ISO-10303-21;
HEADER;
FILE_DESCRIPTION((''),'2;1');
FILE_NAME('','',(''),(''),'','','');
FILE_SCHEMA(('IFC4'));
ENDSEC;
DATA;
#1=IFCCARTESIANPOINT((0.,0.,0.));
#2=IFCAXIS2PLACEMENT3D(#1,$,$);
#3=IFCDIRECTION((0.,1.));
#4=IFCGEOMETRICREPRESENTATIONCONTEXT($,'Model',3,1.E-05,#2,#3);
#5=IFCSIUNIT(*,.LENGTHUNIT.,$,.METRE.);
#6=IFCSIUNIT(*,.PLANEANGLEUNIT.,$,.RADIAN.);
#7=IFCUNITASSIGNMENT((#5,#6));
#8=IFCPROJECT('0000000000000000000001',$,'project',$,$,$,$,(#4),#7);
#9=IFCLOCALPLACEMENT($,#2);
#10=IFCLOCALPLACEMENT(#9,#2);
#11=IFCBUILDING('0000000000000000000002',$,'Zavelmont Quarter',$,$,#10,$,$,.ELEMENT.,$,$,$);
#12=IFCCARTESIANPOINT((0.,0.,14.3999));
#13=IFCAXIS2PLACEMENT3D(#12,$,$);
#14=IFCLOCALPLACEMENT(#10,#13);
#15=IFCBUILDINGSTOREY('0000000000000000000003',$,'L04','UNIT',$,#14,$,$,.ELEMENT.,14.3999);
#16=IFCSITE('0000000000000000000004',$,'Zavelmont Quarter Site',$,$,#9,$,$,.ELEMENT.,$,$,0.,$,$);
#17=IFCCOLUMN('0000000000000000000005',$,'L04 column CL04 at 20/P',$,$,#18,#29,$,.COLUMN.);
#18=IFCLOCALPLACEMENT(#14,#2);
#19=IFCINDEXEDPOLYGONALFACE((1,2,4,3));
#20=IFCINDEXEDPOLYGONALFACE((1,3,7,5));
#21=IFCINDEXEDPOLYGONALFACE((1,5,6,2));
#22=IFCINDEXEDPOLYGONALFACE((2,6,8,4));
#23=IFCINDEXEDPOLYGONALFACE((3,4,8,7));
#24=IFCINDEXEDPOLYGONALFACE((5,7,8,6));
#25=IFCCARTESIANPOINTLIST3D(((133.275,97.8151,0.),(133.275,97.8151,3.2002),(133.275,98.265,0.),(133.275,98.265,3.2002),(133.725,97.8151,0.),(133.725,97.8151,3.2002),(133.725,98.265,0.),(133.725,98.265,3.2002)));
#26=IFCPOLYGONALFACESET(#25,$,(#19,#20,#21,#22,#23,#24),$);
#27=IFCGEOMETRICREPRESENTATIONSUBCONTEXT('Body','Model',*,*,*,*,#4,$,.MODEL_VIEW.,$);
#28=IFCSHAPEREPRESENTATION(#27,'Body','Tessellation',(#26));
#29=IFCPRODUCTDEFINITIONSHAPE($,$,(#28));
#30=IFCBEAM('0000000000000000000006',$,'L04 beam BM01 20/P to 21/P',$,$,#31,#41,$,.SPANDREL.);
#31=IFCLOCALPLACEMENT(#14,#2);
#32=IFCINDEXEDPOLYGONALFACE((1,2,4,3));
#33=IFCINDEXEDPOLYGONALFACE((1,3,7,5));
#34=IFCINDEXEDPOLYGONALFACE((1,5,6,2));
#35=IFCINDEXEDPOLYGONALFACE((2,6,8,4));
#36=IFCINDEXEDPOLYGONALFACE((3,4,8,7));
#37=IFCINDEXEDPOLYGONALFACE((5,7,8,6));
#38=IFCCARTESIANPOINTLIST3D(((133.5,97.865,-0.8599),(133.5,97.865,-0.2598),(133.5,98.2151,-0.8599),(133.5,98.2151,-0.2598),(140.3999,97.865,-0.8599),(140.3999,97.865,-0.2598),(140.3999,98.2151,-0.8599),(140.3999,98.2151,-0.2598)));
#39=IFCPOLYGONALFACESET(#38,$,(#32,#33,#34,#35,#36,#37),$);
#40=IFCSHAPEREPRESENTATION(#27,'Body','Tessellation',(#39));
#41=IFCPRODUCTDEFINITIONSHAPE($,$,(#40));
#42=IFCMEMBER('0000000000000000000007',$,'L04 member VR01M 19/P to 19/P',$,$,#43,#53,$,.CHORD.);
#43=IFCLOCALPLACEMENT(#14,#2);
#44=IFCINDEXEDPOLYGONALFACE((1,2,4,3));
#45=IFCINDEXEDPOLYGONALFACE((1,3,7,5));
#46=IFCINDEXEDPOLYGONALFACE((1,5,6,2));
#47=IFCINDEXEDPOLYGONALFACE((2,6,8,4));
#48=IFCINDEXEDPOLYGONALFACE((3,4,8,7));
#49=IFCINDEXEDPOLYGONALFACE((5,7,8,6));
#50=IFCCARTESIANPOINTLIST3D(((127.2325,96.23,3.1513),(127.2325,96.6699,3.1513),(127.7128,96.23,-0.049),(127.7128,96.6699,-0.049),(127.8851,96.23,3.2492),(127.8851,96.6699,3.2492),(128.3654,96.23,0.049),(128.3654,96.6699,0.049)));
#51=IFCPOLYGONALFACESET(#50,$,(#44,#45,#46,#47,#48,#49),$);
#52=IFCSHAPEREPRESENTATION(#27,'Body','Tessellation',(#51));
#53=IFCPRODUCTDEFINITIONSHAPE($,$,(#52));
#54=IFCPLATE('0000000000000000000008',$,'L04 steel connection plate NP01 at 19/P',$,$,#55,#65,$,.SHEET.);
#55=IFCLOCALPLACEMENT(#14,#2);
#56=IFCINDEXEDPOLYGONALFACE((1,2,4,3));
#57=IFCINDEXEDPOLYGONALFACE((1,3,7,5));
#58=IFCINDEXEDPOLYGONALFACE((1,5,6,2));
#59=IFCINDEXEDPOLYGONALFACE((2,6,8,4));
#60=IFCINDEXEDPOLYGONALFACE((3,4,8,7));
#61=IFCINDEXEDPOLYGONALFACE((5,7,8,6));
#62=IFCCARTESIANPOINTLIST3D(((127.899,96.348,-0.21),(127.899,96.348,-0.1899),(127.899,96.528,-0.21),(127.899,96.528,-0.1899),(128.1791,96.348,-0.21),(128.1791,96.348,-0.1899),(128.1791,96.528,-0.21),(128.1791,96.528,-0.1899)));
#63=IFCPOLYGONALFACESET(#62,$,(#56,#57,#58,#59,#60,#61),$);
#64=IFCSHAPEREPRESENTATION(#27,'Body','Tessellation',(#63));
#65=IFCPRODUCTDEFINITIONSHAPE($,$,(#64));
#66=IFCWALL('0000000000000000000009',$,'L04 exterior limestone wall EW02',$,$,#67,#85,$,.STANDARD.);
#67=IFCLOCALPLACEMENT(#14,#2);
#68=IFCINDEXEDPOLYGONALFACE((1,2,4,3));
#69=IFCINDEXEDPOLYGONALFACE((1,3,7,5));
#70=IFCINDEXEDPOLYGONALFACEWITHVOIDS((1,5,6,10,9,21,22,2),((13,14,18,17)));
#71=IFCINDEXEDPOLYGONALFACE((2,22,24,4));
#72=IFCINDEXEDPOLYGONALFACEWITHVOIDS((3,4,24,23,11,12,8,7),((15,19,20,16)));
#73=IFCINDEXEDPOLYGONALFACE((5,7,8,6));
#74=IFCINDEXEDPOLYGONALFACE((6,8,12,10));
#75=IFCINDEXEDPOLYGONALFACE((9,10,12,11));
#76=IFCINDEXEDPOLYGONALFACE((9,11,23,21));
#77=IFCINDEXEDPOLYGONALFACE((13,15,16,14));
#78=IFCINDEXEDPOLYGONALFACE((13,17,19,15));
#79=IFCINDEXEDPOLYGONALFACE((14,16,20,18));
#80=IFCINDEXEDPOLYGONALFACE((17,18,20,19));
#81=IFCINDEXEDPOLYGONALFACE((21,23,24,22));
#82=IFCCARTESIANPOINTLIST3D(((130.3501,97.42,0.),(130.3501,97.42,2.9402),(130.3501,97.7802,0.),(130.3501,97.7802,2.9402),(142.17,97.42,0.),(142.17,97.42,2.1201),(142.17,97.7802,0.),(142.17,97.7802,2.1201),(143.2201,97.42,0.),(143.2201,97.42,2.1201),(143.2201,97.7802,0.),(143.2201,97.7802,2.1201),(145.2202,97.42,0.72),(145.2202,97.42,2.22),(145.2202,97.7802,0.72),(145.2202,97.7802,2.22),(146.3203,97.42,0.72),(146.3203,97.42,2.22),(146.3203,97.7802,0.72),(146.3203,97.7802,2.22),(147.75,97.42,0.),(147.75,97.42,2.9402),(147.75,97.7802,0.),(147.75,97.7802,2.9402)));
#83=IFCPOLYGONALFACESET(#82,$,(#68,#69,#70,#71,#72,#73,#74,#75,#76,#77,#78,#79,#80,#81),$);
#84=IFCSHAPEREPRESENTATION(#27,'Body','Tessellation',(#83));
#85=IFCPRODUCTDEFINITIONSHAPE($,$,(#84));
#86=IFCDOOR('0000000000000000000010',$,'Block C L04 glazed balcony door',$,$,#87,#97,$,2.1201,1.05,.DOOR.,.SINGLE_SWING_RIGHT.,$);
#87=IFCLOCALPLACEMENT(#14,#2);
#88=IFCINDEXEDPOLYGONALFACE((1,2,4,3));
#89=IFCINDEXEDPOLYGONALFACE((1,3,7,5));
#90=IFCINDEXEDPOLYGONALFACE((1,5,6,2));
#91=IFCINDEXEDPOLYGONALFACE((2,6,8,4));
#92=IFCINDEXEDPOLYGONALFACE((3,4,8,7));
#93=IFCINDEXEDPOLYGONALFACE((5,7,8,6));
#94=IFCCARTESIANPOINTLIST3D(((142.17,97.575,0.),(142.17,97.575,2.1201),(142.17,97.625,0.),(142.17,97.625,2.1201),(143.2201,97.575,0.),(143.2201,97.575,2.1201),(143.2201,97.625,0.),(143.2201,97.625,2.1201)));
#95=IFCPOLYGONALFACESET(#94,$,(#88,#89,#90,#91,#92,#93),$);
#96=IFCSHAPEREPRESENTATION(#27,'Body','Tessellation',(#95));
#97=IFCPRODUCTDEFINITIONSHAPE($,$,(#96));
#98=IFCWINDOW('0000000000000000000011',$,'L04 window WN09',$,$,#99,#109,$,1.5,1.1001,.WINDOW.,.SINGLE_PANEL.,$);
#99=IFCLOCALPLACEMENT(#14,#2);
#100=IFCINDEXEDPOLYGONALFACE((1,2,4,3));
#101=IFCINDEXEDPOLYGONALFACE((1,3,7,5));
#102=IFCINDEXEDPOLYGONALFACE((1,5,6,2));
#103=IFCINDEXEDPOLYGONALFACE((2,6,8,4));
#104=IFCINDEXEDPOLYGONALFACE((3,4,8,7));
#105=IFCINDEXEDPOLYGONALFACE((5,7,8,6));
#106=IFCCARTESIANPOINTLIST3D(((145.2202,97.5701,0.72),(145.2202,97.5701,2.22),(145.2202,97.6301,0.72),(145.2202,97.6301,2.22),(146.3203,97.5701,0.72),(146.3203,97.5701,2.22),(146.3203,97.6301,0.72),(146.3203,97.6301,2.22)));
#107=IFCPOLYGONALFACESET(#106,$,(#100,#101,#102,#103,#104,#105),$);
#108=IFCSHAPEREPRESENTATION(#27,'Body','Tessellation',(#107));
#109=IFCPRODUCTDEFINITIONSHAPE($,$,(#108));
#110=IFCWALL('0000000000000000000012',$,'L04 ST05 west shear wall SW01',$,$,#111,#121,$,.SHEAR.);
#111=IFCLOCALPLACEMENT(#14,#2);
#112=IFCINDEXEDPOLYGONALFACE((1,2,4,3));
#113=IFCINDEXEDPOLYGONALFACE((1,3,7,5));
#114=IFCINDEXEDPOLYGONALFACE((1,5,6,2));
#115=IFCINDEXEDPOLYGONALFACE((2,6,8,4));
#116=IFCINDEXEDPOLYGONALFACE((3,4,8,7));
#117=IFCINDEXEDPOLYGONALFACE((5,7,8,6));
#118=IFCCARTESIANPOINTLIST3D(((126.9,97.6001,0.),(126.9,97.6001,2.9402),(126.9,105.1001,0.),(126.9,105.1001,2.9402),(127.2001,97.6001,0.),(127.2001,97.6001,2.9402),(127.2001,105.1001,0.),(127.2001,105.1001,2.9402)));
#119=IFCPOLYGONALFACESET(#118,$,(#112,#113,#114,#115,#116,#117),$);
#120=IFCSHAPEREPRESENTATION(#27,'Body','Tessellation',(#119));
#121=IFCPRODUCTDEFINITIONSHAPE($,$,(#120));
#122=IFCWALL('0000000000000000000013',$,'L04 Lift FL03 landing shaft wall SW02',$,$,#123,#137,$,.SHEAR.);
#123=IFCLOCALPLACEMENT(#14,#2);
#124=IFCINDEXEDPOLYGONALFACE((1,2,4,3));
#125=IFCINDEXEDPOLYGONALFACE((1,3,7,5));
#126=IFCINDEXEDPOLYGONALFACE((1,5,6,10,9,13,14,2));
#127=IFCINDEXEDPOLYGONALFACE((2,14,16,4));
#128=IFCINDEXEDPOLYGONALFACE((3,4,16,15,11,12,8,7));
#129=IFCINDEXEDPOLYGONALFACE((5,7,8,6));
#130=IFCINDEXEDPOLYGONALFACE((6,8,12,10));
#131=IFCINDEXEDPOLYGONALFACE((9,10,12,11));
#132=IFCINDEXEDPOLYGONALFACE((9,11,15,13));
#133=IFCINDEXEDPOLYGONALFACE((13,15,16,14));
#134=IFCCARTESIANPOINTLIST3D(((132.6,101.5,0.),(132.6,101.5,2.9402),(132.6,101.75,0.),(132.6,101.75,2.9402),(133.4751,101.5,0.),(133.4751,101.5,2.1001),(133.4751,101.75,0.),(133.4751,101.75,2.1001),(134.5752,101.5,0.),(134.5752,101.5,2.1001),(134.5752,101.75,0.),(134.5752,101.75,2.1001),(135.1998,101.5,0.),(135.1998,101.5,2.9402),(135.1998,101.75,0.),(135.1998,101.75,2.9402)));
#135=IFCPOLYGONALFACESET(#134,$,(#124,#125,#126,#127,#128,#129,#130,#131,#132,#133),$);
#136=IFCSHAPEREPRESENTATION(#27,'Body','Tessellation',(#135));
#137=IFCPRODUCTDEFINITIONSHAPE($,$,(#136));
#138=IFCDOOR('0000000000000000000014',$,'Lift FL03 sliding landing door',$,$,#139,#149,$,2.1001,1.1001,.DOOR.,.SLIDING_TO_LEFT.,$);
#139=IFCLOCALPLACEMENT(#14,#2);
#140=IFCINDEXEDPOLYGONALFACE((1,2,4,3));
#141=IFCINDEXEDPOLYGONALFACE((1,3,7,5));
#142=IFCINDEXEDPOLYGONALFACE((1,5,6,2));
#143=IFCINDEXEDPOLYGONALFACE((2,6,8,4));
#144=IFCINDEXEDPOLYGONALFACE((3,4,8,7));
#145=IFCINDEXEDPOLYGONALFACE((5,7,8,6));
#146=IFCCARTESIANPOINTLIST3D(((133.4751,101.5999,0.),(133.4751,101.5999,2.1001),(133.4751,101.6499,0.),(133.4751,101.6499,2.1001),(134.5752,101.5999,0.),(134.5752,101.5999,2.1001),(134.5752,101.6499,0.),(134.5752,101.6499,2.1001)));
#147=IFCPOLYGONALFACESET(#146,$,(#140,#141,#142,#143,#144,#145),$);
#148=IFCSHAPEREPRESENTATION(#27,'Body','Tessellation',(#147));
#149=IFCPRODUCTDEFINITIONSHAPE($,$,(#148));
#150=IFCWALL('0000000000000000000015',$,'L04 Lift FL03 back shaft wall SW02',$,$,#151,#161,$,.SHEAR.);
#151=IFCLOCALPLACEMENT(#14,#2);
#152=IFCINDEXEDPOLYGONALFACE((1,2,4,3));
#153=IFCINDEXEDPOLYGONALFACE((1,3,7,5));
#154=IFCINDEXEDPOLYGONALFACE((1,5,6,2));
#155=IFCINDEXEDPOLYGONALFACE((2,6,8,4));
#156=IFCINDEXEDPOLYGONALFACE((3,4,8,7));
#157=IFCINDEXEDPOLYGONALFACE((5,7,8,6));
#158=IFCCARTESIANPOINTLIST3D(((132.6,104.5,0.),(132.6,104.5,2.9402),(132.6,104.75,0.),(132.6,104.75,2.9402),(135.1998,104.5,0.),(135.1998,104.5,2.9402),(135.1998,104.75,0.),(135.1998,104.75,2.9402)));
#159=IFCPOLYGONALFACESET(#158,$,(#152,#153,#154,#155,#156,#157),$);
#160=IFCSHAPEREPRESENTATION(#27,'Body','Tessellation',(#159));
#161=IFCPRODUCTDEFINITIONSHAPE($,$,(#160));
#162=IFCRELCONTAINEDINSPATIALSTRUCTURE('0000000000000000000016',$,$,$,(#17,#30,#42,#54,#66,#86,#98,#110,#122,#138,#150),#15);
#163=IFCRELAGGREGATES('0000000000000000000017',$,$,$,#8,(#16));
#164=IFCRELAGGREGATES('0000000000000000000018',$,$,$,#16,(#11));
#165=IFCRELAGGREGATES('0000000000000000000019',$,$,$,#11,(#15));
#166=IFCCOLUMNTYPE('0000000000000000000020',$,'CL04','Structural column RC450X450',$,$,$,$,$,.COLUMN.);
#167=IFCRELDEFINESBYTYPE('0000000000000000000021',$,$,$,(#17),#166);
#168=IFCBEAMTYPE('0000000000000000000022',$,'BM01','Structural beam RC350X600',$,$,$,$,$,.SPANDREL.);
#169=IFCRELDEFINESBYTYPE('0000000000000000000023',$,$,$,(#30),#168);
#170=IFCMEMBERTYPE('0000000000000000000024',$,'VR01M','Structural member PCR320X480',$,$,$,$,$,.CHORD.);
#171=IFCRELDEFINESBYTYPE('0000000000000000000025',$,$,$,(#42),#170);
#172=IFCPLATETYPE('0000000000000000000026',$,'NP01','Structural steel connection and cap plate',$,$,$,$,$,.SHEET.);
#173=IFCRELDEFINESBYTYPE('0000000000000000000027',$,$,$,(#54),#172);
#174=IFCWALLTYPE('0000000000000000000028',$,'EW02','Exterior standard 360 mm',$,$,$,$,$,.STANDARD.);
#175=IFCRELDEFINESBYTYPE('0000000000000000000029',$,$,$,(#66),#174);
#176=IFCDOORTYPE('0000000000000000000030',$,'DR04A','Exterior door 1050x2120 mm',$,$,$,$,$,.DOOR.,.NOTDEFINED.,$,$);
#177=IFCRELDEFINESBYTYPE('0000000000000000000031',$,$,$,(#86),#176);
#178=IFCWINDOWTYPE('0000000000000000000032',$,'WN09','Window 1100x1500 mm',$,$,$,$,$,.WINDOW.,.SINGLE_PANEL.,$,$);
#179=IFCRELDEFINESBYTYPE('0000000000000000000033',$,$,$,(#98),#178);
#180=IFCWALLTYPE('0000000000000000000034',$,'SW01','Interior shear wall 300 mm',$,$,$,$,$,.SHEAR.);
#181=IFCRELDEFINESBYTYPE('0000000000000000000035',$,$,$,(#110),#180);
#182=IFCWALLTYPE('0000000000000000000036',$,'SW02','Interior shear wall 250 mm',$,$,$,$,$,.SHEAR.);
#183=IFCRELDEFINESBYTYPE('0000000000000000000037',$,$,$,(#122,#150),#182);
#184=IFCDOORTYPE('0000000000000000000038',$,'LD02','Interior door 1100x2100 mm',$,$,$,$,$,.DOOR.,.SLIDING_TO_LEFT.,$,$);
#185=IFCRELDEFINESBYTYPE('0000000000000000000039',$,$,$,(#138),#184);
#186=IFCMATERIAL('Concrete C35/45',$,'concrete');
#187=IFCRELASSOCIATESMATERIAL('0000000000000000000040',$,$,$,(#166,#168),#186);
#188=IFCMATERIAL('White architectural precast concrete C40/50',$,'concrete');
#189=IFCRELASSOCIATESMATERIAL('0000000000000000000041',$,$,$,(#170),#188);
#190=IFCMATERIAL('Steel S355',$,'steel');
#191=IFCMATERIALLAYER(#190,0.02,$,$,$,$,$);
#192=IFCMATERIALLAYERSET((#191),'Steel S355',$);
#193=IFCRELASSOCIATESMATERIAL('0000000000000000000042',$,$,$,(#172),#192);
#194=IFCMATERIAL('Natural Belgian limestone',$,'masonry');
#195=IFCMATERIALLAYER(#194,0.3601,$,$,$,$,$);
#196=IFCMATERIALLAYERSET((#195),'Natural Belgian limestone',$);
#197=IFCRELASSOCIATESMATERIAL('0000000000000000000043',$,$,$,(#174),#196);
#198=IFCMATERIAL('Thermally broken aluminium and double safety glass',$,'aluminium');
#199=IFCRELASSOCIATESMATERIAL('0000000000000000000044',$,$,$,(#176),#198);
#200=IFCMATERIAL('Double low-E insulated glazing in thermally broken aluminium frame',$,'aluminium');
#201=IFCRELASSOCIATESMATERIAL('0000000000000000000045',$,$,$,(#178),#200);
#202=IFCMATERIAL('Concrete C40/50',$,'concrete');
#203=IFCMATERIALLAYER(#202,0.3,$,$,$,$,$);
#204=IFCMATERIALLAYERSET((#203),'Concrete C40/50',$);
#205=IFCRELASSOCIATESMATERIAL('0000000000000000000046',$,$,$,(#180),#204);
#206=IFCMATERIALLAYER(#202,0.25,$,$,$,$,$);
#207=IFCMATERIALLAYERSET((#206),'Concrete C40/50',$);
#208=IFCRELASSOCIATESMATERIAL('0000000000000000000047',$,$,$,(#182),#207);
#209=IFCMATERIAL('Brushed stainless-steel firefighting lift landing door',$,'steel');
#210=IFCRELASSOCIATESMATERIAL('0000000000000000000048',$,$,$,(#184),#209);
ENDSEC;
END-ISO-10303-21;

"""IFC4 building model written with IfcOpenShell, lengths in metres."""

from ifc_helpers import new_model, si_unit, direction, frame, frame_2d, origin, origin_with_axes, origin_2d, place, context, subcontext, project, spatial, rectangle, extrude, material, layer, layer_set, material_profile, profile_set, type_object, element, fill, save


model = new_model("IFC4")

# Units and contexts
model_context = context("Model", 3, precision=1e-05, world=origin(), true_north=direction((0.0, 1.0)))
body_context = subcontext(model_context, "Body", "Model", "MODEL_VIEW")
ifc_project = project(units=[si_unit("LENGTHUNIT", "METRE"), si_unit("PLANEANGLEUNIT", "RADIAN")], contexts=[model_context])

# Site, building, storey
site_placement = place(None, origin())
site = spatial("IfcSite", under=ifc_project, at=site_placement, Name="Zavelmont Quarter Site", CompositionType="ELEMENT", RefElevation=0.0)
building_placement = place(site_placement, origin())
building = spatial("IfcBuilding", under=site, at=building_placement, Name="Zavelmont Quarter", CompositionType="ELEMENT")
storey_placement = place(building_placement, frame((0.0, 0.0, 14.3999)))
storey = spatial("IfcBuildingStorey", under=building, at=storey_placement, Name="L04", Description="UNIT", CompositionType="ELEMENT", Elevation=14.3999)

# Column
ifc_material_1 = material(Name="Concrete C35/45", Category="concrete")
ifc_material_profile_1 = material_profile(ifc_material_1, rectangle(XDim=0.45, YDim=0.45, at=origin_2d()), Name="RC450X450")
ifc_profile_set_1 = profile_set([ifc_material_profile_1], Name="Concrete C35/45")
column_type = type_object("IfcColumnType", Name="CL04", Description="Structural column RC450X450", PredefinedType="COLUMN", material=ifc_profile_set_1)
column_placement = place(storey_placement, frame((133.5, 98.04, 0.0), z_axis=(0.0, 0.0, 1.0), x_axis=(1.0, 0.0, 0.0)))
element("IfcColumn", 1, at=column_placement, inside=storey, type_object=column_type, Name="L04 column CL04 at 20/P", PredefinedType="COLUMN", context=body_context, shape_type="SweptSolid", body=[
    extrude(rectangle(XDim=0.45, YDim=0.45, at=origin_2d()), origin(), (0.0, 0.0, 1.0), 3.2002),
])

# Beam
ifc_material_profile_2 = material_profile(ifc_material_1, rectangle(XDim=0.3501, YDim=0.6001, at=origin_2d()), Name="RC350X600")
ifc_profile_set_2 = profile_set([ifc_material_profile_2], Name="Concrete C35/45")
beam_type = type_object("IfcBeamType", Name="BM01", Description="Structural beam RC350X600", PredefinedType="SPANDREL", material=ifc_profile_set_2)
beam_placement = place(storey_placement, frame((133.5, 98.04, -0.5598), z_axis=(1.0, 0.0, 0.0), x_axis=(0.0, 1.0, 0.0)))
element("IfcBeam", 2, at=beam_placement, inside=storey, type_object=beam_type, Name="L04 beam BM01 20/P to 21/P", PredefinedType="SPANDREL", context=body_context, shape_type="SweptSolid", body=[
    extrude(rectangle(XDim=0.3501, YDim=0.6001, at=origin_2d()), origin(), (0.0, 0.0, 1.0), 6.8999),
])

# Member
ifc_material_2 = material(Name="White architectural precast concrete C40/50", Category="concrete")
ifc_material_profile_3 = material_profile(ifc_material_2, rectangle(XDim=0.4399, YDim=0.6599, at=origin_2d()), Name="PCR320X480")
ifc_profile_set_3 = profile_set([ifc_material_profile_3], Name="White architectural precast concrete C40/50")
member_type = type_object("IfcMemberType", Name="VR01M", Description="Structural member PCR320X480", PredefinedType="CHORD", material=ifc_profile_set_3)
member_placement = place(storey_placement, frame((128.0391, 96.45, 0.0), z_axis=(-0.148399, 0.0, 0.988927), x_axis=(0.0, -1.0, 0.0)))
element("IfcMember", 3, at=member_placement, inside=storey, type_object=member_type, Name="L04 member VR01M 19/P to 19/P", PredefinedType="CHORD", context=body_context, shape_type="SweptSolid", body=[
    extrude(rectangle(XDim=0.4399, YDim=0.6599, at=origin_2d()), origin(), (0.0, 0.0, 1.0), 3.2361),
])

# Plate
ifc_material_3 = material(Name="Steel S355", Category="steel")
ifc_layer_1 = layer(ifc_material_3, 0.02)
ifc_layer_set_1 = layer_set([ifc_layer_1], Name="Steel S355")
plate_type = type_object("IfcPlateType", Name="NP01", Description="Structural steel connection and cap plate", PredefinedType="SHEET", material=ifc_layer_set_1)
plate_placement = place(storey_placement, frame((128.0391, 96.438, -0.21), z_axis=(0.0, 0.0, 1.0), x_axis=(1.0, 0.0, 0.0)))
element("IfcPlate", 4, at=plate_placement, inside=storey, type_object=plate_type, Name="L04 steel connection plate NP01 at 19/P", PredefinedType="SHEET", context=body_context, shape_type="SweptSolid", body=[
    extrude(rectangle(XDim=0.28, YDim=0.1799, at=origin_2d()), origin(), (0.0, 0.0, 1.0), 0.02),
])

# Wall, openings, door, window
ifc_material_4 = material(Name="Natural Belgian limestone", Category="masonry")
ifc_layer_2 = layer(ifc_material_4, 0.3601)
ifc_layer_set_2 = layer_set([ifc_layer_2], Name="Natural Belgian limestone")
wall_type_1 = type_object("IfcWallType", Name="EW02", Description="Exterior standard 360 mm", PredefinedType="STANDARD", material=ifc_layer_set_2)
wall_1_placement = place(storey_placement, frame((130.3501, 97.6001, 0.0), z_axis=(0.0, 0.0, 1.0), x_axis=(1.0, 0.0, 0.0)))
wall_1 = element("IfcWall", 5, at=wall_1_placement, inside=storey, type_object=wall_type_1, Name="L04 exterior limestone wall EW02", PredefinedType="STANDARD", context=body_context, shape_type="SweptSolid", body=[
    extrude(rectangle(XDim=17.3999, YDim=0.3601, at=frame_2d((8.7, 0.0))), origin(), (0.0, 0.0, 1.0), 2.9402),
])
opening_1_placement = place(wall_1_placement, frame((11.8201, 0.0, 0.0)))
opening_1 = element("IfcOpeningElement", 6, at=opening_1_placement, cuts=wall_1, PredefinedType="OPENING", context=body_context, shape_type="SweptSolid", body=[
    extrude(rectangle(XDim=1.05, YDim=2.1201, at=frame_2d((0.5249, 1.0601))), frame((0.0, 0.1919, 0.0), z_axis=(0.0, -1.0, 0.0), x_axis=(1.0, 0.0, 0.0)), (0.0, 0.0, 1.0), 0.384),
])
opening_2_placement = place(wall_1_placement, frame((14.8701, 0.0, 0.72)))
opening_2 = element("IfcOpeningElement", 7, at=opening_2_placement, cuts=wall_1, PredefinedType="OPENING", context=body_context, shape_type="SweptSolid", body=[
    extrude(rectangle(XDim=1.1001, YDim=1.5, at=frame_2d((0.55, 0.75))), frame((0.0, 0.1919, 0.0), z_axis=(0.0, -1.0, 0.0), x_axis=(1.0, 0.0, 0.0)), (0.0, 0.0, 1.0), 0.384),
])
ifc_material_5 = material(Name="Thermally broken aluminium and double safety glass", Category="aluminium")
door_type_1 = type_object("IfcDoorType", Name="DR04A", Description="Exterior door 1050x2120 mm", OperationType="NOTDEFINED", PredefinedType="DOOR", material=ifc_material_5)
door_1_placement = place(opening_1_placement, origin_with_axes())
door_1 = element("IfcDoor", 8, at=door_1_placement, inside=storey, type_object=door_type_1, Name="Block C L04 glazed balcony door", OperationType="SINGLE_SWING_RIGHT", OverallHeight=2.1201, OverallWidth=1.05, PredefinedType="DOOR", context=body_context, shape_type="SweptSolid", body=[
    extrude(rectangle(XDim=1.05, YDim=2.1201, at=frame_2d((0.5249, 1.0601))), frame((0.0, 0.0249, 0.0), z_axis=(0.0, -1.0, 0.0), x_axis=(1.0, 0.0, 0.0)), (0.0, 0.0, 1.0), 0.05),
])
fill(opening_1, door_1)
ifc_material_6 = material(Name="Double low-E insulated glazing in thermally broken aluminium frame", Category="aluminium")
window_type = type_object("IfcWindowType", Name="WN09", Description="Window 1100x1500 mm", PartitioningType="SINGLE_PANEL", PredefinedType="WINDOW", material=ifc_material_6)
window_placement = place(opening_2_placement, origin_with_axes())
window = element("IfcWindow", 9, at=window_placement, inside=storey, type_object=window_type, Name="L04 window WN09", OverallHeight=1.5, OverallWidth=1.1001, PartitioningType="SINGLE_PANEL", PredefinedType="WINDOW", context=body_context, shape_type="SweptSolid", body=[
    extrude(rectangle(XDim=1.1001, YDim=1.5, at=frame_2d((0.55, 0.75))), frame((0.0, 0.03, 0.0), z_axis=(0.0, -1.0, 0.0), x_axis=(1.0, 0.0, 0.0)), (0.0, 0.0, 1.0), 0.0601),
])
fill(opening_2, window)

# Wall
ifc_material_7 = material(Name="Concrete C40/50", Category="concrete")
ifc_layer_3 = layer(ifc_material_7, 0.3)
ifc_layer_set_3 = layer_set([ifc_layer_3], Name="Concrete C40/50")
wall_type_2 = type_object("IfcWallType", Name="SW01", Description="Interior shear wall 300 mm", PredefinedType="SHEAR", material=ifc_layer_set_3)
wall_2_placement = place(storey_placement, frame((127.05, 97.6001, 0.0), z_axis=(0.0, 0.0, 1.0), x_axis=(0.0, 1.0, 0.0)))
element("IfcWall", 10, at=wall_2_placement, inside=storey, type_object=wall_type_2, Name="L04 ST05 west shear wall SW01", PredefinedType="SHEAR", context=body_context, shape_type="SweptSolid", body=[
    extrude(rectangle(XDim=7.5, YDim=0.3, at=frame_2d((3.75, 0.0))), origin(), (0.0, 0.0, 1.0), 2.9402),
])

# Wall, opening, door
ifc_layer_4 = layer(ifc_material_7, 0.25)
ifc_layer_set_4 = layer_set([ifc_layer_4], Name="Concrete C40/50")
wall_type_3 = type_object("IfcWallType", Name="SW02", Description="Interior shear wall 250 mm", PredefinedType="SHEAR", material=ifc_layer_set_4)
wall_3_placement = place(storey_placement, frame((132.6001, 101.625, 0.0), z_axis=(0.0, 0.0, 1.0), x_axis=(1.0, 0.0, 0.0)))
wall_3 = element("IfcWall", 11, at=wall_3_placement, inside=storey, type_object=wall_type_3, Name="L04 Lift FL03 landing shaft wall SW02", PredefinedType="SHEAR", context=body_context, shape_type="SweptSolid", body=[
    extrude(rectangle(XDim=2.5999, YDim=0.25, at=frame_2d((1.2998, 0.0))), origin(), (0.0, 0.0, 1.0), 2.9402),
])
opening_3_placement = place(wall_3_placement, frame((0.875, 0.0, 0.0)))
opening_3 = element("IfcOpeningElement", 12, at=opening_3_placement, cuts=wall_3, PredefinedType="OPENING", context=body_context, shape_type="SweptSolid", body=[
    extrude(rectangle(XDim=1.1001, YDim=2.1001, at=frame_2d((0.55, 1.05))), frame((0.0, 0.137, 0.0), z_axis=(0.0, -1.0, 0.0), x_axis=(1.0, 0.0, 0.0)), (0.0, 0.0, 1.0), 0.2739),
])
ifc_material_8 = material(Name="Brushed stainless-steel firefighting lift landing door", Category="steel")
door_type_2 = type_object("IfcDoorType", Name="LD02", Description="Interior door 1100x2100 mm", OperationType="SLIDING_TO_LEFT", PredefinedType="DOOR", material=ifc_material_8)
door_2_placement = place(opening_3_placement, origin_with_axes())
door_2 = element("IfcDoor", 13, at=door_2_placement, inside=storey, type_object=door_type_2, Name="Lift FL03 sliding landing door", OperationType="SLIDING_TO_LEFT", OverallHeight=2.1001, OverallWidth=1.1001, PredefinedType="DOOR", context=body_context, shape_type="SweptSolid", body=[
    extrude(rectangle(XDim=1.1001, YDim=2.1001, at=frame_2d((0.55, 1.05))), frame((0.0, 0.0249, 0.0), z_axis=(0.0, -1.0, 0.0), x_axis=(1.0, 0.0, 0.0)), (0.0, 0.0, 1.0), 0.05),
])
fill(opening_3, door_2)

# Wall
wall_4_placement = place(storey_placement, frame((132.6001, 104.625, 0.0), z_axis=(0.0, 0.0, 1.0), x_axis=(1.0, 0.0, 0.0)))
element("IfcWall", 14, at=wall_4_placement, inside=storey, type_object=wall_type_3, Name="L04 Lift FL03 back shaft wall SW02", PredefinedType="SHEAR", context=body_context, shape_type="SweptSolid", body=[
    extrude(rectangle(XDim=2.5999, YDim=0.25, at=frame_2d((1.2998, 0.0))), origin(), (0.0, 0.0, 1.0), 2.9402),
])

save(model, "model.ifc")
